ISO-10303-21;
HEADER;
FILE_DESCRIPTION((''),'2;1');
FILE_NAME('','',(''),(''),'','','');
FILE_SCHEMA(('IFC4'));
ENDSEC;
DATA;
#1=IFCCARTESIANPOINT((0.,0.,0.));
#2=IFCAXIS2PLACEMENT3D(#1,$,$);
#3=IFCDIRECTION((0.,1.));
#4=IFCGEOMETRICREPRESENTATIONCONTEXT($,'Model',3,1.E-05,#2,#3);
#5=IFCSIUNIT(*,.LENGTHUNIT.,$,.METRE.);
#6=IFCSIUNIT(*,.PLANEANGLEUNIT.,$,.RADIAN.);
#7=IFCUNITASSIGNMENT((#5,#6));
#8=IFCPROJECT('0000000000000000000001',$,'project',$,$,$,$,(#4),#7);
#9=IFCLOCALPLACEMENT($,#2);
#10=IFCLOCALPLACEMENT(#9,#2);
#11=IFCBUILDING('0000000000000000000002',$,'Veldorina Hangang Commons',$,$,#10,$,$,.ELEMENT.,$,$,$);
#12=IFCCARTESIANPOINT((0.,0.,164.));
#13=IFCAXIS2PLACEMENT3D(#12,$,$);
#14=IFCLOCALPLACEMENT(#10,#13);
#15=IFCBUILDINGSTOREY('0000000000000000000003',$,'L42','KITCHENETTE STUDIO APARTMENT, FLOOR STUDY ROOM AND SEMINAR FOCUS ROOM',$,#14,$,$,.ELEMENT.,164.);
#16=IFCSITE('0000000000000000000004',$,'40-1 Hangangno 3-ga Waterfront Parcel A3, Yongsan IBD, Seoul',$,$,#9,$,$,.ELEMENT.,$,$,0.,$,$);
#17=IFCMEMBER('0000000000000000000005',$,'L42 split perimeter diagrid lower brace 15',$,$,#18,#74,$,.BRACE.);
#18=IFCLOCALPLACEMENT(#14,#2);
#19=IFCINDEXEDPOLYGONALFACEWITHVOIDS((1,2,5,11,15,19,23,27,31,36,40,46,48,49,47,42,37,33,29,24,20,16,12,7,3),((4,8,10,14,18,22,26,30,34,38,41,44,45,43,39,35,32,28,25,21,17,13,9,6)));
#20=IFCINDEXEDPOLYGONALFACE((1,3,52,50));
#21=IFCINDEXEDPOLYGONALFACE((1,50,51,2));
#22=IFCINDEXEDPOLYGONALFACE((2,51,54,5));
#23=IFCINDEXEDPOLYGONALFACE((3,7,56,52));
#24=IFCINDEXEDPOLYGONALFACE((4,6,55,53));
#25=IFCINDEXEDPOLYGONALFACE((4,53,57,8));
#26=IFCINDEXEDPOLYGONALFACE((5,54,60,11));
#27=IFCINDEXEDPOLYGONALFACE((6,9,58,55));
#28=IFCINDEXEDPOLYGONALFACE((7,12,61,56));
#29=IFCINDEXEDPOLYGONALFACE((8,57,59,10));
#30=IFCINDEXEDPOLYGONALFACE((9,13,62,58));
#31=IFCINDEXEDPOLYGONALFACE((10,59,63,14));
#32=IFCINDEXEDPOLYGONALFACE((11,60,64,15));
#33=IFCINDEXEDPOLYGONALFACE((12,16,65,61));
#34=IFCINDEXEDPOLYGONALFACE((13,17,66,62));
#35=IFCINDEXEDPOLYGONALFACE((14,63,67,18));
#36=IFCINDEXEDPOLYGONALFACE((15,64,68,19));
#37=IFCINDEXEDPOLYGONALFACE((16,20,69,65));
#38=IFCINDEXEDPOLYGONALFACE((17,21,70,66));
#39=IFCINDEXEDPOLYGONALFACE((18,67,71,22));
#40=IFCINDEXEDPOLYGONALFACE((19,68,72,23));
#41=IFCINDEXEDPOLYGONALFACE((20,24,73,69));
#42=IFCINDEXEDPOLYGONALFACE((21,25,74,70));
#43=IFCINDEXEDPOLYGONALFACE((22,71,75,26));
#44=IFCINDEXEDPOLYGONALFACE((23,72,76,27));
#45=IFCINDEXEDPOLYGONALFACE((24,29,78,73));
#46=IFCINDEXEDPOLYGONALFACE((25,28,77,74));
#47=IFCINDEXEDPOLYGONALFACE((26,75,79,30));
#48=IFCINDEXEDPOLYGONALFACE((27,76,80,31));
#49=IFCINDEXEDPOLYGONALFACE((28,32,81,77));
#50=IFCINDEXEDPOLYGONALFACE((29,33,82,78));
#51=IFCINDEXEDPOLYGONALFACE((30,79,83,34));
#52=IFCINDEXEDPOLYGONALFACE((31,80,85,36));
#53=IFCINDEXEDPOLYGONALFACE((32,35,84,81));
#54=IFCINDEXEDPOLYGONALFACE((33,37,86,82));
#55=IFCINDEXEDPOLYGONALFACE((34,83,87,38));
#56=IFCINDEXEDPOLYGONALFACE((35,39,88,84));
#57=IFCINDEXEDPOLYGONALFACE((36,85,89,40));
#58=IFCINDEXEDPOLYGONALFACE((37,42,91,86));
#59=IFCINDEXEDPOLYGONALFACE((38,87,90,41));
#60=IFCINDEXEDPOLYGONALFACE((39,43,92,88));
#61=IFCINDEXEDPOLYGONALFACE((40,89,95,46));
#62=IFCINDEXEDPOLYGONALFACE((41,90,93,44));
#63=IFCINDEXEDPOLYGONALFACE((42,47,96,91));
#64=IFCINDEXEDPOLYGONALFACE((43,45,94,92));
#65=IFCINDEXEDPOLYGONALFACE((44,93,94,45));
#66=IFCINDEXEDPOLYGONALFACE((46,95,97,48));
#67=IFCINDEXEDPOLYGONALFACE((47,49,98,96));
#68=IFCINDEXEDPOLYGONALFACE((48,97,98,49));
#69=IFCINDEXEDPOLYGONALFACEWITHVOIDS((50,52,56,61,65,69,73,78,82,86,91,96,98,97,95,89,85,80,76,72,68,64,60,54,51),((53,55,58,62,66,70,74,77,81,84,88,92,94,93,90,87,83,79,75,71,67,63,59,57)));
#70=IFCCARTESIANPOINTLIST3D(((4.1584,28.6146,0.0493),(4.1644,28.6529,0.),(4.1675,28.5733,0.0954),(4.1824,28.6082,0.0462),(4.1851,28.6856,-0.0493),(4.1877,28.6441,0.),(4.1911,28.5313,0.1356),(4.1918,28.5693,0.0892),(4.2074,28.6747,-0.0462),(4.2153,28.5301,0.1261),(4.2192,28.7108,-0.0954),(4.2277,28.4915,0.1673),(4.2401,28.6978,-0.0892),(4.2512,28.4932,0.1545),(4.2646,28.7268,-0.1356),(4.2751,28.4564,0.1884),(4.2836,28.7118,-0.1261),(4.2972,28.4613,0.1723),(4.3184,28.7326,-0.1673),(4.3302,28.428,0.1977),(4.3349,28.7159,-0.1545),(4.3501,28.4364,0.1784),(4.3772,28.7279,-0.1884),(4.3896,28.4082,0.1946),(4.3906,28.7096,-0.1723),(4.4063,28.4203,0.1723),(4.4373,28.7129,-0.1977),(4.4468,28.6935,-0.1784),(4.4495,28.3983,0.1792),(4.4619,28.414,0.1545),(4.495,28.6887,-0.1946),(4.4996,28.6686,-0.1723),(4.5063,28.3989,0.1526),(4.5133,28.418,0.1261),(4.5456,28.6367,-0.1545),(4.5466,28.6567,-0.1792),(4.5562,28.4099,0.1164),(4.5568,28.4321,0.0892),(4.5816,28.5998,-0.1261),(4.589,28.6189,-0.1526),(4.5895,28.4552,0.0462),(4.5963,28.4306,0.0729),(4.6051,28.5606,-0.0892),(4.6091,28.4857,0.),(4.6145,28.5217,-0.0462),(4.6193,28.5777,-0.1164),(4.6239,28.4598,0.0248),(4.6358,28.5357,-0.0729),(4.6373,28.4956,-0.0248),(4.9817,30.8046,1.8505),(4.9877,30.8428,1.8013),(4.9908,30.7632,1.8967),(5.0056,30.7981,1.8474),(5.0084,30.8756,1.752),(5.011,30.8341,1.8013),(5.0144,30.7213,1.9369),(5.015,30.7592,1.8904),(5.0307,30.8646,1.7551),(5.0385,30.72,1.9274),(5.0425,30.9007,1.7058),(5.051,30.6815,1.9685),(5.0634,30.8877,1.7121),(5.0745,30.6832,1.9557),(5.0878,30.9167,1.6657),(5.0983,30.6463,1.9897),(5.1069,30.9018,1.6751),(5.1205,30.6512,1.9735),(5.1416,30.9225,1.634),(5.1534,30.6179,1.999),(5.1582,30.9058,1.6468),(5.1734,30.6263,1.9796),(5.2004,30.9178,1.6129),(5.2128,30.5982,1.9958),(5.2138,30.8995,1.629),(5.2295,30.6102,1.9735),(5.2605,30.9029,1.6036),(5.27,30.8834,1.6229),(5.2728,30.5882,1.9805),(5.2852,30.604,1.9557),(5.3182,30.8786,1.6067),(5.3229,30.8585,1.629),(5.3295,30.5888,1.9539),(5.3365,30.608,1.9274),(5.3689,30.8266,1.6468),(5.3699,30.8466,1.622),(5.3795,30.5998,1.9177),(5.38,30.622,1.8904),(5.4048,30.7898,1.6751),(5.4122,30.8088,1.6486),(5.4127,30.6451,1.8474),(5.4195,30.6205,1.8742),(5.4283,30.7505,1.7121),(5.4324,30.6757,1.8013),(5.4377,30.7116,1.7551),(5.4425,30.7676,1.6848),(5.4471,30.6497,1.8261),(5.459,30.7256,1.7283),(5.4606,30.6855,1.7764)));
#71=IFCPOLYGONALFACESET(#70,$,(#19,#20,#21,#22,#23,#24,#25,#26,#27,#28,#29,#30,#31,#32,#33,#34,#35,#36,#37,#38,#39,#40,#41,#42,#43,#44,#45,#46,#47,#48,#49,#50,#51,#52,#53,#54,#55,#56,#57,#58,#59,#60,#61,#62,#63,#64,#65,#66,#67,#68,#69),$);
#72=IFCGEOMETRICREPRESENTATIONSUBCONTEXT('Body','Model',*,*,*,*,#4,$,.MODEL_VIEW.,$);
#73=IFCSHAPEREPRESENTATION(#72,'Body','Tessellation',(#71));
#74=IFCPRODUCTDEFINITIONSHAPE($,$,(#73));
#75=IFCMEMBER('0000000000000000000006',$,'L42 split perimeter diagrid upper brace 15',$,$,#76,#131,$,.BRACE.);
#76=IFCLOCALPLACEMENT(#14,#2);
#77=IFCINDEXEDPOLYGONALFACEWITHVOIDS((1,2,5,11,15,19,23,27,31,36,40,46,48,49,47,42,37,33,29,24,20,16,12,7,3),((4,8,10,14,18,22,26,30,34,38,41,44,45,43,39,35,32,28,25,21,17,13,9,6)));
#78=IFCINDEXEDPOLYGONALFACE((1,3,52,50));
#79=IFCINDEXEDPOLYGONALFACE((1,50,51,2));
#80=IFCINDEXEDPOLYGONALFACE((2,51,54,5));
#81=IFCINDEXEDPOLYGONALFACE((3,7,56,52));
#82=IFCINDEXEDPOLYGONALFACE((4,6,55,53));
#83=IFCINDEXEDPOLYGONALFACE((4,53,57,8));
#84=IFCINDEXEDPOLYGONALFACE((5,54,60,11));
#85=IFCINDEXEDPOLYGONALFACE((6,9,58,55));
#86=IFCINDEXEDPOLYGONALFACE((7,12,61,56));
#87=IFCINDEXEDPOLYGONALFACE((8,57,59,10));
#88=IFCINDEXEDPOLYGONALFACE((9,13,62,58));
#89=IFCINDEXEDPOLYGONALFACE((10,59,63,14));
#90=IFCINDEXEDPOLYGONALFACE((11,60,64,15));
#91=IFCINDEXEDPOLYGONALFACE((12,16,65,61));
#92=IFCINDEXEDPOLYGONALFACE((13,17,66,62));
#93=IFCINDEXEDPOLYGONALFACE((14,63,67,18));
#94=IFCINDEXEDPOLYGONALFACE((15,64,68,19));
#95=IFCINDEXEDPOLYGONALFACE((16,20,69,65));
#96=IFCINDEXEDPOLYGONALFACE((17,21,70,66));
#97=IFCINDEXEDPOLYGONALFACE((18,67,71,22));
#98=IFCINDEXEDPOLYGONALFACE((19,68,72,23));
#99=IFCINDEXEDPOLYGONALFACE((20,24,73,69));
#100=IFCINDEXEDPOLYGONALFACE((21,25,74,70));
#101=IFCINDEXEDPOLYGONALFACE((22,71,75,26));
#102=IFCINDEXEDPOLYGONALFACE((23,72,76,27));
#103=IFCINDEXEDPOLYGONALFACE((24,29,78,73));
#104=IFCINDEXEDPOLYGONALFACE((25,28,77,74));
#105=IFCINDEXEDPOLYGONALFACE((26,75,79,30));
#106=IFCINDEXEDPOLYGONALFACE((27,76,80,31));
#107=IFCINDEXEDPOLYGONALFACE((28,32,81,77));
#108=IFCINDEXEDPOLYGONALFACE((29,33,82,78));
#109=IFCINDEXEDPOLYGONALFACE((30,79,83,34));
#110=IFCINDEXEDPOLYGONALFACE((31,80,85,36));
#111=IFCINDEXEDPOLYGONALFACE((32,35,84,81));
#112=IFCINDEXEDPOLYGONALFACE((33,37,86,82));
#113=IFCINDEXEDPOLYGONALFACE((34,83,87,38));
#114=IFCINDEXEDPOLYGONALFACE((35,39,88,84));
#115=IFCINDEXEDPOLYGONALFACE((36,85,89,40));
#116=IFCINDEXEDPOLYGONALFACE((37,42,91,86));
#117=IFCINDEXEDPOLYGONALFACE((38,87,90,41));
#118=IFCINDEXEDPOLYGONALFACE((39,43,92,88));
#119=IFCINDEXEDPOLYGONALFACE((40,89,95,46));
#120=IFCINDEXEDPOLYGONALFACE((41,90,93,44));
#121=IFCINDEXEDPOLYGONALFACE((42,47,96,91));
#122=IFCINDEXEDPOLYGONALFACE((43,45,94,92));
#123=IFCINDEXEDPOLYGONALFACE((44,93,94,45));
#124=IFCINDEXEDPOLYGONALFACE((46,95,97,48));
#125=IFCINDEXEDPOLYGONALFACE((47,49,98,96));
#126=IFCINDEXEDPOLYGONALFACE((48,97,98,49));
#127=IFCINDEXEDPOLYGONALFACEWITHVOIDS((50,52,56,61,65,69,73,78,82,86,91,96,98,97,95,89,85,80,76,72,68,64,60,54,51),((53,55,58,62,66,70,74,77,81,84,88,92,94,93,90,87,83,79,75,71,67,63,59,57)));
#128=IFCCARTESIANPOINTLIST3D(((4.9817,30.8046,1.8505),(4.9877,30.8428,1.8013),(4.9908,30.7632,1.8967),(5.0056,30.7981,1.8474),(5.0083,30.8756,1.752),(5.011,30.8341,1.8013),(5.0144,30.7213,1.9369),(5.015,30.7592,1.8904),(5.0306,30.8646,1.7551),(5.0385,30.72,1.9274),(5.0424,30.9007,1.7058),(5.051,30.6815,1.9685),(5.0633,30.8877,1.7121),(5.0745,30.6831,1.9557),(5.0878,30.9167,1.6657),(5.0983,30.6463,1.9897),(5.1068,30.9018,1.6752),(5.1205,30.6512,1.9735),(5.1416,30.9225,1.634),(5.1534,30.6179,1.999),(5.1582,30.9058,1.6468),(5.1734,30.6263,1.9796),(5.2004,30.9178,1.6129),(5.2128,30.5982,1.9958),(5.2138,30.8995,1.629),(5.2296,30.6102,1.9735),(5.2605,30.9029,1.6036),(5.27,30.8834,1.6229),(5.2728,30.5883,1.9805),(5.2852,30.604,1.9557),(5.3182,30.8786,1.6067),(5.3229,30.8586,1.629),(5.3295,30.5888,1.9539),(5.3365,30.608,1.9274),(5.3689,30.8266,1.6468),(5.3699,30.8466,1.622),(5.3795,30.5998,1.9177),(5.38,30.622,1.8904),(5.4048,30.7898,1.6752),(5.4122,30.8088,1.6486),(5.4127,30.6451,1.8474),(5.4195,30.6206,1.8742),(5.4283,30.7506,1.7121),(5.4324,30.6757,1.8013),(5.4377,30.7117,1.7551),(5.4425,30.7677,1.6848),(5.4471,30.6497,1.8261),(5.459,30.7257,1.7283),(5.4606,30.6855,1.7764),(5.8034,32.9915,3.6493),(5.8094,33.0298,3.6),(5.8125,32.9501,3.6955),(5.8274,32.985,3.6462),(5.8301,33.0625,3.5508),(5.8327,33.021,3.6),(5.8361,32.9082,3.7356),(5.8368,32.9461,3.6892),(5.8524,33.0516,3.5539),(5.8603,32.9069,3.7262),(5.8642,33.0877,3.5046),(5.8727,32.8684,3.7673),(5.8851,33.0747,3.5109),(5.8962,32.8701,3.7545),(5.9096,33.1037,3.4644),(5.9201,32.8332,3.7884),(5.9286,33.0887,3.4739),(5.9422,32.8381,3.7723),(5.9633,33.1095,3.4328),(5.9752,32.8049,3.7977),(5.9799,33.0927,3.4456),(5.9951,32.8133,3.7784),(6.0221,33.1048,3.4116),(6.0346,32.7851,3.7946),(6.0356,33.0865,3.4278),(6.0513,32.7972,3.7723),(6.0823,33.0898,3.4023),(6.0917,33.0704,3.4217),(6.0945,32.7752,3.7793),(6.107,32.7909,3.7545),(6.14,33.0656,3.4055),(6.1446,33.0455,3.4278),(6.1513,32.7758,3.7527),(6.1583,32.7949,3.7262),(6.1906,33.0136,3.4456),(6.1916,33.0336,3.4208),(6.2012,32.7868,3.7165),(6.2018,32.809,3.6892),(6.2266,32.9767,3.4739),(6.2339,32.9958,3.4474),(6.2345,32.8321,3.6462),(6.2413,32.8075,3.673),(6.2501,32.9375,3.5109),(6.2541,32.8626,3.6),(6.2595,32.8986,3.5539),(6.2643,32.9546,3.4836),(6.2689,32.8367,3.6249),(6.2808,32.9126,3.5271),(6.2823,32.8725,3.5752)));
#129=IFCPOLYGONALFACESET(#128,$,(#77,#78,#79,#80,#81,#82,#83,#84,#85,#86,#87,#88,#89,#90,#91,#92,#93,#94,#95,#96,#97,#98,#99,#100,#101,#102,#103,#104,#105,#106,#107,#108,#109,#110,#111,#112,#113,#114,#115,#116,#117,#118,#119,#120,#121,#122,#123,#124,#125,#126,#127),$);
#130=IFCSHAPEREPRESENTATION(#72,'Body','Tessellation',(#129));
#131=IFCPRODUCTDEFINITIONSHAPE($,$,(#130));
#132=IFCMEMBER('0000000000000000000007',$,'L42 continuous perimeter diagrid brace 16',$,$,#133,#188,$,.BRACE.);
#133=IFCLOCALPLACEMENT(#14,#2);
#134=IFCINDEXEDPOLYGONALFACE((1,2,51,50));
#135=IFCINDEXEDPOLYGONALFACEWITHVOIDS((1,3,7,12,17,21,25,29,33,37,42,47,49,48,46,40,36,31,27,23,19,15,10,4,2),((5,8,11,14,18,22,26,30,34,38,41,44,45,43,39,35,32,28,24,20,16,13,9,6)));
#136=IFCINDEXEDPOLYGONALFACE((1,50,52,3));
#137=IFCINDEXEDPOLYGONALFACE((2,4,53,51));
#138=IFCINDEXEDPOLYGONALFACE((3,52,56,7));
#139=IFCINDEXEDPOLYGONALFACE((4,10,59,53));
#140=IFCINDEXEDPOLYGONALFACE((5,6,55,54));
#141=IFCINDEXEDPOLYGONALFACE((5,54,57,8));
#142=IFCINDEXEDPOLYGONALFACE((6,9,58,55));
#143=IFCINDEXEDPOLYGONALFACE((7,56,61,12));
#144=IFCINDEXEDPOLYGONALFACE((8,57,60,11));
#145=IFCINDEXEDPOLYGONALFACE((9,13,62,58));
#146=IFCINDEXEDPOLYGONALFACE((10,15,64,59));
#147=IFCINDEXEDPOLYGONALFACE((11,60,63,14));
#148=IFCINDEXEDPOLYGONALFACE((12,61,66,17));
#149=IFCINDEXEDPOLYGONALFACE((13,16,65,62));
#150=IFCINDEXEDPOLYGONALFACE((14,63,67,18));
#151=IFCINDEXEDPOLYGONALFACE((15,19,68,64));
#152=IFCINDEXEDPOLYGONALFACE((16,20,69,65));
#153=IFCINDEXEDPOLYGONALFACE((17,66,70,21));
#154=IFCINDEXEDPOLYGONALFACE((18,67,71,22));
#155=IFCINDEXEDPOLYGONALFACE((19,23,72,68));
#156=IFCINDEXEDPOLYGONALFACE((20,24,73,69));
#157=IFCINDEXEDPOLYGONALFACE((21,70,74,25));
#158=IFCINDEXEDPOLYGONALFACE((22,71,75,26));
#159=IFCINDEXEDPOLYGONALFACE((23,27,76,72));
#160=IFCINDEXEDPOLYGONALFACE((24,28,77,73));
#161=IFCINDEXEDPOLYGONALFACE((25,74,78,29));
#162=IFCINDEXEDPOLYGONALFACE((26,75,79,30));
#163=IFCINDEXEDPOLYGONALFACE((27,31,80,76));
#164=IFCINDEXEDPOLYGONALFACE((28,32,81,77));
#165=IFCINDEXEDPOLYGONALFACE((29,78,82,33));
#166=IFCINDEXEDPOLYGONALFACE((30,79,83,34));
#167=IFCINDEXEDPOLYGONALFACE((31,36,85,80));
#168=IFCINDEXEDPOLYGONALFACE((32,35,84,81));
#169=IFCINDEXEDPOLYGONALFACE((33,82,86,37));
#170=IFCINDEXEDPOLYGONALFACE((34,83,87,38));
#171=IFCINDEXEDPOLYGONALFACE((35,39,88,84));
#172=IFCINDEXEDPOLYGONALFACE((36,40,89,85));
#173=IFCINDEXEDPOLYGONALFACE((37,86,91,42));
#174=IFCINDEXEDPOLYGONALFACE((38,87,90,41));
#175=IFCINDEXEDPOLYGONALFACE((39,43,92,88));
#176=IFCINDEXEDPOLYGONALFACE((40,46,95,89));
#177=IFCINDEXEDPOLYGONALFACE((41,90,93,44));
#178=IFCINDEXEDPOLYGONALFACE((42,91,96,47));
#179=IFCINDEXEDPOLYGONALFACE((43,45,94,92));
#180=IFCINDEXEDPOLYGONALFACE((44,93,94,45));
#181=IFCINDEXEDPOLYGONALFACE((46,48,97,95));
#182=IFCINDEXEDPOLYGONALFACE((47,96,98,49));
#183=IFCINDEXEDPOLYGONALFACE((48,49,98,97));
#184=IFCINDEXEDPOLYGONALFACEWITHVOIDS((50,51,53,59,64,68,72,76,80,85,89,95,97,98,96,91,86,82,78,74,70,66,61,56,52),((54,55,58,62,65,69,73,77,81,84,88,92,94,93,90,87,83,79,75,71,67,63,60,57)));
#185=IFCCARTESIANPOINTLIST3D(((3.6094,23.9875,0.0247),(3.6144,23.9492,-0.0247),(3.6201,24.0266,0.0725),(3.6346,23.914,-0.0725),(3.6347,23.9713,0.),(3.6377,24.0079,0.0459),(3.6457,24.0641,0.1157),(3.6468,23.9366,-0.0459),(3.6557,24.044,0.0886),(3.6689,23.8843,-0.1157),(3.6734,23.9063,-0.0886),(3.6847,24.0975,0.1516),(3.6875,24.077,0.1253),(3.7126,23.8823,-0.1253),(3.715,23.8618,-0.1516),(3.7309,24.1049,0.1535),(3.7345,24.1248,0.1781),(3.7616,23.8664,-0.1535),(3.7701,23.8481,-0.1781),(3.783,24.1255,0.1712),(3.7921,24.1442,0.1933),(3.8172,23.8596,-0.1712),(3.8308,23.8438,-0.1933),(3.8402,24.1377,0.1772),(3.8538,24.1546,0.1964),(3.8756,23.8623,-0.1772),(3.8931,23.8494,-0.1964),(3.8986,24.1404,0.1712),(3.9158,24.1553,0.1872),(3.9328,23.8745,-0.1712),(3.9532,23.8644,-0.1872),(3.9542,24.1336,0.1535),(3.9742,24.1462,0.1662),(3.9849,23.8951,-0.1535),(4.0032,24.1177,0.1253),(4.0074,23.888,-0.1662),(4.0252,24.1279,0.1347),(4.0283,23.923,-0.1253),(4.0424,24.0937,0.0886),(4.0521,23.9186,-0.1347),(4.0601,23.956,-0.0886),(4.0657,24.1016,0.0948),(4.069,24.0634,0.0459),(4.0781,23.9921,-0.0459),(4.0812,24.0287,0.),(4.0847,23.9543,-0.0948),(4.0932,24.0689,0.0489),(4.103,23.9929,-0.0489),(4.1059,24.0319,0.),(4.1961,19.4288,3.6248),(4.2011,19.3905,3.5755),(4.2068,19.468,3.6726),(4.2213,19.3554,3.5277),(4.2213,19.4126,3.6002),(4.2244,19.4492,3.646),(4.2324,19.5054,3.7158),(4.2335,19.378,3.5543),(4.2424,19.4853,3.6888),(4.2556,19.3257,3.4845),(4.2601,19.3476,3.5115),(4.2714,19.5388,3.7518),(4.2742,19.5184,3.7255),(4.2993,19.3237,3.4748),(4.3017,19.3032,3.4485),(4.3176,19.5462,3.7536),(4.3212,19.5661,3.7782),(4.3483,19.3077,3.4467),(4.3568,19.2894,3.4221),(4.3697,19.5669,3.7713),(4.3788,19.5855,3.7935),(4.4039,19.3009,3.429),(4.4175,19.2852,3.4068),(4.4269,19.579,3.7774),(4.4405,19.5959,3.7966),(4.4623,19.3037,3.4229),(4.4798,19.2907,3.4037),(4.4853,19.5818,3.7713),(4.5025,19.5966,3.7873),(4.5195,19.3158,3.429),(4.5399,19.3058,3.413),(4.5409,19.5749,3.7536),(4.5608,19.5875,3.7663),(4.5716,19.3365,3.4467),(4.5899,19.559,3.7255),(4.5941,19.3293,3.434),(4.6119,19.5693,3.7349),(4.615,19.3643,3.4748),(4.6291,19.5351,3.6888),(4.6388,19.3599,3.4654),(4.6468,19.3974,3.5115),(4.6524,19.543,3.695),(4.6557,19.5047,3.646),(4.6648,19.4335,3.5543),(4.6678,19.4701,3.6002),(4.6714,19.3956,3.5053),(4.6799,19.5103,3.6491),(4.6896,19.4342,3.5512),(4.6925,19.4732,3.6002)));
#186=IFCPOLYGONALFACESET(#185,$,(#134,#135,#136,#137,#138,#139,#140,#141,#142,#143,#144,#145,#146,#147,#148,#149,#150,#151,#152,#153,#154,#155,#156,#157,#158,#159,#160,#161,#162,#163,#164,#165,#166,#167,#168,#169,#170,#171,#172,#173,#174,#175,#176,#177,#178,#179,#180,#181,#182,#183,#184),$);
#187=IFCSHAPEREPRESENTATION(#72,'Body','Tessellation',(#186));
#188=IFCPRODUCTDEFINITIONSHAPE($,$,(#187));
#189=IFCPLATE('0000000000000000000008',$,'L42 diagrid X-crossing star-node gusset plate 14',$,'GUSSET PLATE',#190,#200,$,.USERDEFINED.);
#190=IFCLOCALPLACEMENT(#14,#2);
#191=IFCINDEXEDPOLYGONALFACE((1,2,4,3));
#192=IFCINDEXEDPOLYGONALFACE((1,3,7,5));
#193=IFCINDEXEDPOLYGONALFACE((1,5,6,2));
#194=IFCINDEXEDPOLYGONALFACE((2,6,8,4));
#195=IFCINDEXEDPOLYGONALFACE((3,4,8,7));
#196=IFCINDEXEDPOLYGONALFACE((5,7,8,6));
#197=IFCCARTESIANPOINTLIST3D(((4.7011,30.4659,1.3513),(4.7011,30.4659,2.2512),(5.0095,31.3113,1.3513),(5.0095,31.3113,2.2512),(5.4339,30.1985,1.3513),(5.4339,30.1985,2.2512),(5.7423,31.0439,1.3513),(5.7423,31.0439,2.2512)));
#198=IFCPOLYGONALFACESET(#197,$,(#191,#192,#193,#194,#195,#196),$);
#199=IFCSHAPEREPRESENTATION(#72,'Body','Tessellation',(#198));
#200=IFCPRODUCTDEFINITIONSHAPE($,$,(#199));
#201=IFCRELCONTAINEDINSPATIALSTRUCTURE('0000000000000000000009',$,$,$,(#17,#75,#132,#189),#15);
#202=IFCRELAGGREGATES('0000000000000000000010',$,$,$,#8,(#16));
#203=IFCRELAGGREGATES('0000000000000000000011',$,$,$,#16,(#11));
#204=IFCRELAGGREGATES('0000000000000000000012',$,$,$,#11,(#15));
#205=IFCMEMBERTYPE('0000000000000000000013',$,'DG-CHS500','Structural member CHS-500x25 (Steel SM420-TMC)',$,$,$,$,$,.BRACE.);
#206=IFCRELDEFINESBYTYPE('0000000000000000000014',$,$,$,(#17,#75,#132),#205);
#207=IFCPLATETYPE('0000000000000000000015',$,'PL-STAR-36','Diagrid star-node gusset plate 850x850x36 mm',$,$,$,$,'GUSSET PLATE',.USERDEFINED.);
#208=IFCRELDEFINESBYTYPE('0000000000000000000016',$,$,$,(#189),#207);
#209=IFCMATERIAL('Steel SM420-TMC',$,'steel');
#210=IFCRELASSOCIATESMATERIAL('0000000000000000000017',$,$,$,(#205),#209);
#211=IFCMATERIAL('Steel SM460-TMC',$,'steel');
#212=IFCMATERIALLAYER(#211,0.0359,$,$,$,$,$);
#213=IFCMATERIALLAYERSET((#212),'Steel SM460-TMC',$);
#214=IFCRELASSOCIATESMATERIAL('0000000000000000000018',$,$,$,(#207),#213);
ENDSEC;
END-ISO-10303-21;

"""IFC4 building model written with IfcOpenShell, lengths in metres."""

from ifc_helpers import new_model, si_unit, direction, frame, origin, origin_2d, place, context, subcontext, project, spatial, rectangle, hollow_circle, extrude, material, layer, layer_set, material_profile, profile_set, type_object, element, save


model = new_model("IFC4")

# Units and contexts
model_context = context("Model", 3, precision=1e-05, world=origin(), true_north=direction((0.0, 1.0)))
body_context = subcontext(model_context, "Body", "Model", "MODEL_VIEW")
ifc_project = project(units=[si_unit("LENGTHUNIT", "METRE"), si_unit("PLANEANGLEUNIT", "RADIAN")], contexts=[model_context])

# Site, building, storey
site_placement = place(None, origin())
site = spatial("IfcSite", under=ifc_project, at=site_placement, Name="40-1 Hangangno 3-ga Waterfront Parcel A3, Yongsan IBD, Seoul", CompositionType="ELEMENT", RefElevation=0.0)
building_placement = place(site_placement, origin())
building = spatial("IfcBuilding", under=site, at=building_placement, Name="Veldorina Hangang Commons", CompositionType="ELEMENT")
storey_placement = place(building_placement, frame((0.0, 0.0, 164.0)))
storey = spatial("IfcBuildingStorey", under=building, at=storey_placement, Name="L42", Description="KITCHENETTE STUDIO APARTMENT, FLOOR STUDY ROOM AND SEMINAR FOCUS ROOM", CompositionType="ELEMENT", Elevation=164.0)

# Shared definitions
ifc_material_1 = material(Name="Steel SM420-TMC", Category="steel")

# Members
ifc_material_profile_1 = material_profile(ifc_material_1, hollow_circle(Radius=0.25, WallThickness=0.0249, at=origin_2d()), Name="CHS-500x25")
ifc_profile_set_1 = profile_set([ifc_material_profile_1], Name="Steel SM420-TMC")
member_type = type_object("IfcMemberType", Name="DG-CHS500", Description="Structural member CHS-500x25 (Steel SM420-TMC)", PredefinedType="BRACE", material=ifc_profile_set_1)
member_1_placement = place(storey_placement, frame((4.3984, 28.5649, 0.0), z_axis=(0.278815, 0.741687, 0.610052), x_axis=(-0.936046, 0.351878, 0.0)))
element("IfcMember", 1, at=member_1_placement, inside=storey, type_object=member_type, Name="L42 split perimeter diagrid lower brace 15", PredefinedType="BRACE", context=body_context, shape_type="SweptSolid", body=[
    extrude(hollow_circle(Radius=0.25, WallThickness=0.0249, at=origin_2d()), origin(), (0.0, 0.0, 1.0), 2.9526),
])
member_2_placement = place(storey_placement, frame((5.2217, 30.7549, 1.8013), z_axis=(0.278703, 0.741717, 0.610066), x_axis=(-0.936097, 0.351742, 0.0)))
element("IfcMember", 2, at=member_2_placement, inside=storey, type_object=member_type, Name="L42 split perimeter diagrid upper brace 15", PredefinedType="BRACE", context=body_context, shape_type="SweptSolid", body=[
    extrude(hollow_circle(Radius=0.25, WallThickness=0.0249, at=origin_2d()), origin(), (0.0, 0.0, 1.0), 2.9485),
])
member_3_placement = place(storey_placement, frame((3.8579, 24.0, 0.0), z_axis=(0.100487, -0.780809, 0.616635), x_axis=(0.99182, 0.127643, 0.0)))
element("IfcMember", 3, at=member_3_placement, inside=storey, type_object=member_type, Name="L42 continuous perimeter diagrid brace 16", PredefinedType="BRACE", context=body_context, shape_type="SweptSolid", body=[
    extrude(hollow_circle(Radius=0.25, WallThickness=0.0249, at=origin_2d()), origin(), (0.0, 0.0, 1.0), 5.8384),
])

# Plate
ifc_material_2 = material(Name="Steel SM460-TMC", Category="steel")
ifc_layer_1 = layer(ifc_material_2, 0.0359)
ifc_layer_set_1 = layer_set([ifc_layer_1], Name="Steel SM460-TMC")
plate_type = type_object("IfcPlateType", Name="PL-STAR-36", Description="Diagrid star-node gusset plate 850x850x36 mm", ElementType="GUSSET PLATE", PredefinedType="USERDEFINED", material=ifc_layer_set_1)
plate_placement = place(storey_placement, frame((5.2217, 30.7549, 1.3513), z_axis=(0.0, 0.0, 1.0), x_axis=(-0.342742, -0.93943, 0.0)))
element("IfcPlate", 4, at=plate_placement, inside=storey, type_object=plate_type, Name="L42 diagrid X-crossing star-node gusset plate 14", ObjectType="GUSSET PLATE", PredefinedType="USERDEFINED", context=body_context, shape_type="SweptSolid", body=[
    extrude(rectangle(XDim=0.8999, YDim=0.78, at=origin_2d()), origin(), (0.0, 0.0, 1.0), 0.8999),
])

save(model, "model.ifc")
